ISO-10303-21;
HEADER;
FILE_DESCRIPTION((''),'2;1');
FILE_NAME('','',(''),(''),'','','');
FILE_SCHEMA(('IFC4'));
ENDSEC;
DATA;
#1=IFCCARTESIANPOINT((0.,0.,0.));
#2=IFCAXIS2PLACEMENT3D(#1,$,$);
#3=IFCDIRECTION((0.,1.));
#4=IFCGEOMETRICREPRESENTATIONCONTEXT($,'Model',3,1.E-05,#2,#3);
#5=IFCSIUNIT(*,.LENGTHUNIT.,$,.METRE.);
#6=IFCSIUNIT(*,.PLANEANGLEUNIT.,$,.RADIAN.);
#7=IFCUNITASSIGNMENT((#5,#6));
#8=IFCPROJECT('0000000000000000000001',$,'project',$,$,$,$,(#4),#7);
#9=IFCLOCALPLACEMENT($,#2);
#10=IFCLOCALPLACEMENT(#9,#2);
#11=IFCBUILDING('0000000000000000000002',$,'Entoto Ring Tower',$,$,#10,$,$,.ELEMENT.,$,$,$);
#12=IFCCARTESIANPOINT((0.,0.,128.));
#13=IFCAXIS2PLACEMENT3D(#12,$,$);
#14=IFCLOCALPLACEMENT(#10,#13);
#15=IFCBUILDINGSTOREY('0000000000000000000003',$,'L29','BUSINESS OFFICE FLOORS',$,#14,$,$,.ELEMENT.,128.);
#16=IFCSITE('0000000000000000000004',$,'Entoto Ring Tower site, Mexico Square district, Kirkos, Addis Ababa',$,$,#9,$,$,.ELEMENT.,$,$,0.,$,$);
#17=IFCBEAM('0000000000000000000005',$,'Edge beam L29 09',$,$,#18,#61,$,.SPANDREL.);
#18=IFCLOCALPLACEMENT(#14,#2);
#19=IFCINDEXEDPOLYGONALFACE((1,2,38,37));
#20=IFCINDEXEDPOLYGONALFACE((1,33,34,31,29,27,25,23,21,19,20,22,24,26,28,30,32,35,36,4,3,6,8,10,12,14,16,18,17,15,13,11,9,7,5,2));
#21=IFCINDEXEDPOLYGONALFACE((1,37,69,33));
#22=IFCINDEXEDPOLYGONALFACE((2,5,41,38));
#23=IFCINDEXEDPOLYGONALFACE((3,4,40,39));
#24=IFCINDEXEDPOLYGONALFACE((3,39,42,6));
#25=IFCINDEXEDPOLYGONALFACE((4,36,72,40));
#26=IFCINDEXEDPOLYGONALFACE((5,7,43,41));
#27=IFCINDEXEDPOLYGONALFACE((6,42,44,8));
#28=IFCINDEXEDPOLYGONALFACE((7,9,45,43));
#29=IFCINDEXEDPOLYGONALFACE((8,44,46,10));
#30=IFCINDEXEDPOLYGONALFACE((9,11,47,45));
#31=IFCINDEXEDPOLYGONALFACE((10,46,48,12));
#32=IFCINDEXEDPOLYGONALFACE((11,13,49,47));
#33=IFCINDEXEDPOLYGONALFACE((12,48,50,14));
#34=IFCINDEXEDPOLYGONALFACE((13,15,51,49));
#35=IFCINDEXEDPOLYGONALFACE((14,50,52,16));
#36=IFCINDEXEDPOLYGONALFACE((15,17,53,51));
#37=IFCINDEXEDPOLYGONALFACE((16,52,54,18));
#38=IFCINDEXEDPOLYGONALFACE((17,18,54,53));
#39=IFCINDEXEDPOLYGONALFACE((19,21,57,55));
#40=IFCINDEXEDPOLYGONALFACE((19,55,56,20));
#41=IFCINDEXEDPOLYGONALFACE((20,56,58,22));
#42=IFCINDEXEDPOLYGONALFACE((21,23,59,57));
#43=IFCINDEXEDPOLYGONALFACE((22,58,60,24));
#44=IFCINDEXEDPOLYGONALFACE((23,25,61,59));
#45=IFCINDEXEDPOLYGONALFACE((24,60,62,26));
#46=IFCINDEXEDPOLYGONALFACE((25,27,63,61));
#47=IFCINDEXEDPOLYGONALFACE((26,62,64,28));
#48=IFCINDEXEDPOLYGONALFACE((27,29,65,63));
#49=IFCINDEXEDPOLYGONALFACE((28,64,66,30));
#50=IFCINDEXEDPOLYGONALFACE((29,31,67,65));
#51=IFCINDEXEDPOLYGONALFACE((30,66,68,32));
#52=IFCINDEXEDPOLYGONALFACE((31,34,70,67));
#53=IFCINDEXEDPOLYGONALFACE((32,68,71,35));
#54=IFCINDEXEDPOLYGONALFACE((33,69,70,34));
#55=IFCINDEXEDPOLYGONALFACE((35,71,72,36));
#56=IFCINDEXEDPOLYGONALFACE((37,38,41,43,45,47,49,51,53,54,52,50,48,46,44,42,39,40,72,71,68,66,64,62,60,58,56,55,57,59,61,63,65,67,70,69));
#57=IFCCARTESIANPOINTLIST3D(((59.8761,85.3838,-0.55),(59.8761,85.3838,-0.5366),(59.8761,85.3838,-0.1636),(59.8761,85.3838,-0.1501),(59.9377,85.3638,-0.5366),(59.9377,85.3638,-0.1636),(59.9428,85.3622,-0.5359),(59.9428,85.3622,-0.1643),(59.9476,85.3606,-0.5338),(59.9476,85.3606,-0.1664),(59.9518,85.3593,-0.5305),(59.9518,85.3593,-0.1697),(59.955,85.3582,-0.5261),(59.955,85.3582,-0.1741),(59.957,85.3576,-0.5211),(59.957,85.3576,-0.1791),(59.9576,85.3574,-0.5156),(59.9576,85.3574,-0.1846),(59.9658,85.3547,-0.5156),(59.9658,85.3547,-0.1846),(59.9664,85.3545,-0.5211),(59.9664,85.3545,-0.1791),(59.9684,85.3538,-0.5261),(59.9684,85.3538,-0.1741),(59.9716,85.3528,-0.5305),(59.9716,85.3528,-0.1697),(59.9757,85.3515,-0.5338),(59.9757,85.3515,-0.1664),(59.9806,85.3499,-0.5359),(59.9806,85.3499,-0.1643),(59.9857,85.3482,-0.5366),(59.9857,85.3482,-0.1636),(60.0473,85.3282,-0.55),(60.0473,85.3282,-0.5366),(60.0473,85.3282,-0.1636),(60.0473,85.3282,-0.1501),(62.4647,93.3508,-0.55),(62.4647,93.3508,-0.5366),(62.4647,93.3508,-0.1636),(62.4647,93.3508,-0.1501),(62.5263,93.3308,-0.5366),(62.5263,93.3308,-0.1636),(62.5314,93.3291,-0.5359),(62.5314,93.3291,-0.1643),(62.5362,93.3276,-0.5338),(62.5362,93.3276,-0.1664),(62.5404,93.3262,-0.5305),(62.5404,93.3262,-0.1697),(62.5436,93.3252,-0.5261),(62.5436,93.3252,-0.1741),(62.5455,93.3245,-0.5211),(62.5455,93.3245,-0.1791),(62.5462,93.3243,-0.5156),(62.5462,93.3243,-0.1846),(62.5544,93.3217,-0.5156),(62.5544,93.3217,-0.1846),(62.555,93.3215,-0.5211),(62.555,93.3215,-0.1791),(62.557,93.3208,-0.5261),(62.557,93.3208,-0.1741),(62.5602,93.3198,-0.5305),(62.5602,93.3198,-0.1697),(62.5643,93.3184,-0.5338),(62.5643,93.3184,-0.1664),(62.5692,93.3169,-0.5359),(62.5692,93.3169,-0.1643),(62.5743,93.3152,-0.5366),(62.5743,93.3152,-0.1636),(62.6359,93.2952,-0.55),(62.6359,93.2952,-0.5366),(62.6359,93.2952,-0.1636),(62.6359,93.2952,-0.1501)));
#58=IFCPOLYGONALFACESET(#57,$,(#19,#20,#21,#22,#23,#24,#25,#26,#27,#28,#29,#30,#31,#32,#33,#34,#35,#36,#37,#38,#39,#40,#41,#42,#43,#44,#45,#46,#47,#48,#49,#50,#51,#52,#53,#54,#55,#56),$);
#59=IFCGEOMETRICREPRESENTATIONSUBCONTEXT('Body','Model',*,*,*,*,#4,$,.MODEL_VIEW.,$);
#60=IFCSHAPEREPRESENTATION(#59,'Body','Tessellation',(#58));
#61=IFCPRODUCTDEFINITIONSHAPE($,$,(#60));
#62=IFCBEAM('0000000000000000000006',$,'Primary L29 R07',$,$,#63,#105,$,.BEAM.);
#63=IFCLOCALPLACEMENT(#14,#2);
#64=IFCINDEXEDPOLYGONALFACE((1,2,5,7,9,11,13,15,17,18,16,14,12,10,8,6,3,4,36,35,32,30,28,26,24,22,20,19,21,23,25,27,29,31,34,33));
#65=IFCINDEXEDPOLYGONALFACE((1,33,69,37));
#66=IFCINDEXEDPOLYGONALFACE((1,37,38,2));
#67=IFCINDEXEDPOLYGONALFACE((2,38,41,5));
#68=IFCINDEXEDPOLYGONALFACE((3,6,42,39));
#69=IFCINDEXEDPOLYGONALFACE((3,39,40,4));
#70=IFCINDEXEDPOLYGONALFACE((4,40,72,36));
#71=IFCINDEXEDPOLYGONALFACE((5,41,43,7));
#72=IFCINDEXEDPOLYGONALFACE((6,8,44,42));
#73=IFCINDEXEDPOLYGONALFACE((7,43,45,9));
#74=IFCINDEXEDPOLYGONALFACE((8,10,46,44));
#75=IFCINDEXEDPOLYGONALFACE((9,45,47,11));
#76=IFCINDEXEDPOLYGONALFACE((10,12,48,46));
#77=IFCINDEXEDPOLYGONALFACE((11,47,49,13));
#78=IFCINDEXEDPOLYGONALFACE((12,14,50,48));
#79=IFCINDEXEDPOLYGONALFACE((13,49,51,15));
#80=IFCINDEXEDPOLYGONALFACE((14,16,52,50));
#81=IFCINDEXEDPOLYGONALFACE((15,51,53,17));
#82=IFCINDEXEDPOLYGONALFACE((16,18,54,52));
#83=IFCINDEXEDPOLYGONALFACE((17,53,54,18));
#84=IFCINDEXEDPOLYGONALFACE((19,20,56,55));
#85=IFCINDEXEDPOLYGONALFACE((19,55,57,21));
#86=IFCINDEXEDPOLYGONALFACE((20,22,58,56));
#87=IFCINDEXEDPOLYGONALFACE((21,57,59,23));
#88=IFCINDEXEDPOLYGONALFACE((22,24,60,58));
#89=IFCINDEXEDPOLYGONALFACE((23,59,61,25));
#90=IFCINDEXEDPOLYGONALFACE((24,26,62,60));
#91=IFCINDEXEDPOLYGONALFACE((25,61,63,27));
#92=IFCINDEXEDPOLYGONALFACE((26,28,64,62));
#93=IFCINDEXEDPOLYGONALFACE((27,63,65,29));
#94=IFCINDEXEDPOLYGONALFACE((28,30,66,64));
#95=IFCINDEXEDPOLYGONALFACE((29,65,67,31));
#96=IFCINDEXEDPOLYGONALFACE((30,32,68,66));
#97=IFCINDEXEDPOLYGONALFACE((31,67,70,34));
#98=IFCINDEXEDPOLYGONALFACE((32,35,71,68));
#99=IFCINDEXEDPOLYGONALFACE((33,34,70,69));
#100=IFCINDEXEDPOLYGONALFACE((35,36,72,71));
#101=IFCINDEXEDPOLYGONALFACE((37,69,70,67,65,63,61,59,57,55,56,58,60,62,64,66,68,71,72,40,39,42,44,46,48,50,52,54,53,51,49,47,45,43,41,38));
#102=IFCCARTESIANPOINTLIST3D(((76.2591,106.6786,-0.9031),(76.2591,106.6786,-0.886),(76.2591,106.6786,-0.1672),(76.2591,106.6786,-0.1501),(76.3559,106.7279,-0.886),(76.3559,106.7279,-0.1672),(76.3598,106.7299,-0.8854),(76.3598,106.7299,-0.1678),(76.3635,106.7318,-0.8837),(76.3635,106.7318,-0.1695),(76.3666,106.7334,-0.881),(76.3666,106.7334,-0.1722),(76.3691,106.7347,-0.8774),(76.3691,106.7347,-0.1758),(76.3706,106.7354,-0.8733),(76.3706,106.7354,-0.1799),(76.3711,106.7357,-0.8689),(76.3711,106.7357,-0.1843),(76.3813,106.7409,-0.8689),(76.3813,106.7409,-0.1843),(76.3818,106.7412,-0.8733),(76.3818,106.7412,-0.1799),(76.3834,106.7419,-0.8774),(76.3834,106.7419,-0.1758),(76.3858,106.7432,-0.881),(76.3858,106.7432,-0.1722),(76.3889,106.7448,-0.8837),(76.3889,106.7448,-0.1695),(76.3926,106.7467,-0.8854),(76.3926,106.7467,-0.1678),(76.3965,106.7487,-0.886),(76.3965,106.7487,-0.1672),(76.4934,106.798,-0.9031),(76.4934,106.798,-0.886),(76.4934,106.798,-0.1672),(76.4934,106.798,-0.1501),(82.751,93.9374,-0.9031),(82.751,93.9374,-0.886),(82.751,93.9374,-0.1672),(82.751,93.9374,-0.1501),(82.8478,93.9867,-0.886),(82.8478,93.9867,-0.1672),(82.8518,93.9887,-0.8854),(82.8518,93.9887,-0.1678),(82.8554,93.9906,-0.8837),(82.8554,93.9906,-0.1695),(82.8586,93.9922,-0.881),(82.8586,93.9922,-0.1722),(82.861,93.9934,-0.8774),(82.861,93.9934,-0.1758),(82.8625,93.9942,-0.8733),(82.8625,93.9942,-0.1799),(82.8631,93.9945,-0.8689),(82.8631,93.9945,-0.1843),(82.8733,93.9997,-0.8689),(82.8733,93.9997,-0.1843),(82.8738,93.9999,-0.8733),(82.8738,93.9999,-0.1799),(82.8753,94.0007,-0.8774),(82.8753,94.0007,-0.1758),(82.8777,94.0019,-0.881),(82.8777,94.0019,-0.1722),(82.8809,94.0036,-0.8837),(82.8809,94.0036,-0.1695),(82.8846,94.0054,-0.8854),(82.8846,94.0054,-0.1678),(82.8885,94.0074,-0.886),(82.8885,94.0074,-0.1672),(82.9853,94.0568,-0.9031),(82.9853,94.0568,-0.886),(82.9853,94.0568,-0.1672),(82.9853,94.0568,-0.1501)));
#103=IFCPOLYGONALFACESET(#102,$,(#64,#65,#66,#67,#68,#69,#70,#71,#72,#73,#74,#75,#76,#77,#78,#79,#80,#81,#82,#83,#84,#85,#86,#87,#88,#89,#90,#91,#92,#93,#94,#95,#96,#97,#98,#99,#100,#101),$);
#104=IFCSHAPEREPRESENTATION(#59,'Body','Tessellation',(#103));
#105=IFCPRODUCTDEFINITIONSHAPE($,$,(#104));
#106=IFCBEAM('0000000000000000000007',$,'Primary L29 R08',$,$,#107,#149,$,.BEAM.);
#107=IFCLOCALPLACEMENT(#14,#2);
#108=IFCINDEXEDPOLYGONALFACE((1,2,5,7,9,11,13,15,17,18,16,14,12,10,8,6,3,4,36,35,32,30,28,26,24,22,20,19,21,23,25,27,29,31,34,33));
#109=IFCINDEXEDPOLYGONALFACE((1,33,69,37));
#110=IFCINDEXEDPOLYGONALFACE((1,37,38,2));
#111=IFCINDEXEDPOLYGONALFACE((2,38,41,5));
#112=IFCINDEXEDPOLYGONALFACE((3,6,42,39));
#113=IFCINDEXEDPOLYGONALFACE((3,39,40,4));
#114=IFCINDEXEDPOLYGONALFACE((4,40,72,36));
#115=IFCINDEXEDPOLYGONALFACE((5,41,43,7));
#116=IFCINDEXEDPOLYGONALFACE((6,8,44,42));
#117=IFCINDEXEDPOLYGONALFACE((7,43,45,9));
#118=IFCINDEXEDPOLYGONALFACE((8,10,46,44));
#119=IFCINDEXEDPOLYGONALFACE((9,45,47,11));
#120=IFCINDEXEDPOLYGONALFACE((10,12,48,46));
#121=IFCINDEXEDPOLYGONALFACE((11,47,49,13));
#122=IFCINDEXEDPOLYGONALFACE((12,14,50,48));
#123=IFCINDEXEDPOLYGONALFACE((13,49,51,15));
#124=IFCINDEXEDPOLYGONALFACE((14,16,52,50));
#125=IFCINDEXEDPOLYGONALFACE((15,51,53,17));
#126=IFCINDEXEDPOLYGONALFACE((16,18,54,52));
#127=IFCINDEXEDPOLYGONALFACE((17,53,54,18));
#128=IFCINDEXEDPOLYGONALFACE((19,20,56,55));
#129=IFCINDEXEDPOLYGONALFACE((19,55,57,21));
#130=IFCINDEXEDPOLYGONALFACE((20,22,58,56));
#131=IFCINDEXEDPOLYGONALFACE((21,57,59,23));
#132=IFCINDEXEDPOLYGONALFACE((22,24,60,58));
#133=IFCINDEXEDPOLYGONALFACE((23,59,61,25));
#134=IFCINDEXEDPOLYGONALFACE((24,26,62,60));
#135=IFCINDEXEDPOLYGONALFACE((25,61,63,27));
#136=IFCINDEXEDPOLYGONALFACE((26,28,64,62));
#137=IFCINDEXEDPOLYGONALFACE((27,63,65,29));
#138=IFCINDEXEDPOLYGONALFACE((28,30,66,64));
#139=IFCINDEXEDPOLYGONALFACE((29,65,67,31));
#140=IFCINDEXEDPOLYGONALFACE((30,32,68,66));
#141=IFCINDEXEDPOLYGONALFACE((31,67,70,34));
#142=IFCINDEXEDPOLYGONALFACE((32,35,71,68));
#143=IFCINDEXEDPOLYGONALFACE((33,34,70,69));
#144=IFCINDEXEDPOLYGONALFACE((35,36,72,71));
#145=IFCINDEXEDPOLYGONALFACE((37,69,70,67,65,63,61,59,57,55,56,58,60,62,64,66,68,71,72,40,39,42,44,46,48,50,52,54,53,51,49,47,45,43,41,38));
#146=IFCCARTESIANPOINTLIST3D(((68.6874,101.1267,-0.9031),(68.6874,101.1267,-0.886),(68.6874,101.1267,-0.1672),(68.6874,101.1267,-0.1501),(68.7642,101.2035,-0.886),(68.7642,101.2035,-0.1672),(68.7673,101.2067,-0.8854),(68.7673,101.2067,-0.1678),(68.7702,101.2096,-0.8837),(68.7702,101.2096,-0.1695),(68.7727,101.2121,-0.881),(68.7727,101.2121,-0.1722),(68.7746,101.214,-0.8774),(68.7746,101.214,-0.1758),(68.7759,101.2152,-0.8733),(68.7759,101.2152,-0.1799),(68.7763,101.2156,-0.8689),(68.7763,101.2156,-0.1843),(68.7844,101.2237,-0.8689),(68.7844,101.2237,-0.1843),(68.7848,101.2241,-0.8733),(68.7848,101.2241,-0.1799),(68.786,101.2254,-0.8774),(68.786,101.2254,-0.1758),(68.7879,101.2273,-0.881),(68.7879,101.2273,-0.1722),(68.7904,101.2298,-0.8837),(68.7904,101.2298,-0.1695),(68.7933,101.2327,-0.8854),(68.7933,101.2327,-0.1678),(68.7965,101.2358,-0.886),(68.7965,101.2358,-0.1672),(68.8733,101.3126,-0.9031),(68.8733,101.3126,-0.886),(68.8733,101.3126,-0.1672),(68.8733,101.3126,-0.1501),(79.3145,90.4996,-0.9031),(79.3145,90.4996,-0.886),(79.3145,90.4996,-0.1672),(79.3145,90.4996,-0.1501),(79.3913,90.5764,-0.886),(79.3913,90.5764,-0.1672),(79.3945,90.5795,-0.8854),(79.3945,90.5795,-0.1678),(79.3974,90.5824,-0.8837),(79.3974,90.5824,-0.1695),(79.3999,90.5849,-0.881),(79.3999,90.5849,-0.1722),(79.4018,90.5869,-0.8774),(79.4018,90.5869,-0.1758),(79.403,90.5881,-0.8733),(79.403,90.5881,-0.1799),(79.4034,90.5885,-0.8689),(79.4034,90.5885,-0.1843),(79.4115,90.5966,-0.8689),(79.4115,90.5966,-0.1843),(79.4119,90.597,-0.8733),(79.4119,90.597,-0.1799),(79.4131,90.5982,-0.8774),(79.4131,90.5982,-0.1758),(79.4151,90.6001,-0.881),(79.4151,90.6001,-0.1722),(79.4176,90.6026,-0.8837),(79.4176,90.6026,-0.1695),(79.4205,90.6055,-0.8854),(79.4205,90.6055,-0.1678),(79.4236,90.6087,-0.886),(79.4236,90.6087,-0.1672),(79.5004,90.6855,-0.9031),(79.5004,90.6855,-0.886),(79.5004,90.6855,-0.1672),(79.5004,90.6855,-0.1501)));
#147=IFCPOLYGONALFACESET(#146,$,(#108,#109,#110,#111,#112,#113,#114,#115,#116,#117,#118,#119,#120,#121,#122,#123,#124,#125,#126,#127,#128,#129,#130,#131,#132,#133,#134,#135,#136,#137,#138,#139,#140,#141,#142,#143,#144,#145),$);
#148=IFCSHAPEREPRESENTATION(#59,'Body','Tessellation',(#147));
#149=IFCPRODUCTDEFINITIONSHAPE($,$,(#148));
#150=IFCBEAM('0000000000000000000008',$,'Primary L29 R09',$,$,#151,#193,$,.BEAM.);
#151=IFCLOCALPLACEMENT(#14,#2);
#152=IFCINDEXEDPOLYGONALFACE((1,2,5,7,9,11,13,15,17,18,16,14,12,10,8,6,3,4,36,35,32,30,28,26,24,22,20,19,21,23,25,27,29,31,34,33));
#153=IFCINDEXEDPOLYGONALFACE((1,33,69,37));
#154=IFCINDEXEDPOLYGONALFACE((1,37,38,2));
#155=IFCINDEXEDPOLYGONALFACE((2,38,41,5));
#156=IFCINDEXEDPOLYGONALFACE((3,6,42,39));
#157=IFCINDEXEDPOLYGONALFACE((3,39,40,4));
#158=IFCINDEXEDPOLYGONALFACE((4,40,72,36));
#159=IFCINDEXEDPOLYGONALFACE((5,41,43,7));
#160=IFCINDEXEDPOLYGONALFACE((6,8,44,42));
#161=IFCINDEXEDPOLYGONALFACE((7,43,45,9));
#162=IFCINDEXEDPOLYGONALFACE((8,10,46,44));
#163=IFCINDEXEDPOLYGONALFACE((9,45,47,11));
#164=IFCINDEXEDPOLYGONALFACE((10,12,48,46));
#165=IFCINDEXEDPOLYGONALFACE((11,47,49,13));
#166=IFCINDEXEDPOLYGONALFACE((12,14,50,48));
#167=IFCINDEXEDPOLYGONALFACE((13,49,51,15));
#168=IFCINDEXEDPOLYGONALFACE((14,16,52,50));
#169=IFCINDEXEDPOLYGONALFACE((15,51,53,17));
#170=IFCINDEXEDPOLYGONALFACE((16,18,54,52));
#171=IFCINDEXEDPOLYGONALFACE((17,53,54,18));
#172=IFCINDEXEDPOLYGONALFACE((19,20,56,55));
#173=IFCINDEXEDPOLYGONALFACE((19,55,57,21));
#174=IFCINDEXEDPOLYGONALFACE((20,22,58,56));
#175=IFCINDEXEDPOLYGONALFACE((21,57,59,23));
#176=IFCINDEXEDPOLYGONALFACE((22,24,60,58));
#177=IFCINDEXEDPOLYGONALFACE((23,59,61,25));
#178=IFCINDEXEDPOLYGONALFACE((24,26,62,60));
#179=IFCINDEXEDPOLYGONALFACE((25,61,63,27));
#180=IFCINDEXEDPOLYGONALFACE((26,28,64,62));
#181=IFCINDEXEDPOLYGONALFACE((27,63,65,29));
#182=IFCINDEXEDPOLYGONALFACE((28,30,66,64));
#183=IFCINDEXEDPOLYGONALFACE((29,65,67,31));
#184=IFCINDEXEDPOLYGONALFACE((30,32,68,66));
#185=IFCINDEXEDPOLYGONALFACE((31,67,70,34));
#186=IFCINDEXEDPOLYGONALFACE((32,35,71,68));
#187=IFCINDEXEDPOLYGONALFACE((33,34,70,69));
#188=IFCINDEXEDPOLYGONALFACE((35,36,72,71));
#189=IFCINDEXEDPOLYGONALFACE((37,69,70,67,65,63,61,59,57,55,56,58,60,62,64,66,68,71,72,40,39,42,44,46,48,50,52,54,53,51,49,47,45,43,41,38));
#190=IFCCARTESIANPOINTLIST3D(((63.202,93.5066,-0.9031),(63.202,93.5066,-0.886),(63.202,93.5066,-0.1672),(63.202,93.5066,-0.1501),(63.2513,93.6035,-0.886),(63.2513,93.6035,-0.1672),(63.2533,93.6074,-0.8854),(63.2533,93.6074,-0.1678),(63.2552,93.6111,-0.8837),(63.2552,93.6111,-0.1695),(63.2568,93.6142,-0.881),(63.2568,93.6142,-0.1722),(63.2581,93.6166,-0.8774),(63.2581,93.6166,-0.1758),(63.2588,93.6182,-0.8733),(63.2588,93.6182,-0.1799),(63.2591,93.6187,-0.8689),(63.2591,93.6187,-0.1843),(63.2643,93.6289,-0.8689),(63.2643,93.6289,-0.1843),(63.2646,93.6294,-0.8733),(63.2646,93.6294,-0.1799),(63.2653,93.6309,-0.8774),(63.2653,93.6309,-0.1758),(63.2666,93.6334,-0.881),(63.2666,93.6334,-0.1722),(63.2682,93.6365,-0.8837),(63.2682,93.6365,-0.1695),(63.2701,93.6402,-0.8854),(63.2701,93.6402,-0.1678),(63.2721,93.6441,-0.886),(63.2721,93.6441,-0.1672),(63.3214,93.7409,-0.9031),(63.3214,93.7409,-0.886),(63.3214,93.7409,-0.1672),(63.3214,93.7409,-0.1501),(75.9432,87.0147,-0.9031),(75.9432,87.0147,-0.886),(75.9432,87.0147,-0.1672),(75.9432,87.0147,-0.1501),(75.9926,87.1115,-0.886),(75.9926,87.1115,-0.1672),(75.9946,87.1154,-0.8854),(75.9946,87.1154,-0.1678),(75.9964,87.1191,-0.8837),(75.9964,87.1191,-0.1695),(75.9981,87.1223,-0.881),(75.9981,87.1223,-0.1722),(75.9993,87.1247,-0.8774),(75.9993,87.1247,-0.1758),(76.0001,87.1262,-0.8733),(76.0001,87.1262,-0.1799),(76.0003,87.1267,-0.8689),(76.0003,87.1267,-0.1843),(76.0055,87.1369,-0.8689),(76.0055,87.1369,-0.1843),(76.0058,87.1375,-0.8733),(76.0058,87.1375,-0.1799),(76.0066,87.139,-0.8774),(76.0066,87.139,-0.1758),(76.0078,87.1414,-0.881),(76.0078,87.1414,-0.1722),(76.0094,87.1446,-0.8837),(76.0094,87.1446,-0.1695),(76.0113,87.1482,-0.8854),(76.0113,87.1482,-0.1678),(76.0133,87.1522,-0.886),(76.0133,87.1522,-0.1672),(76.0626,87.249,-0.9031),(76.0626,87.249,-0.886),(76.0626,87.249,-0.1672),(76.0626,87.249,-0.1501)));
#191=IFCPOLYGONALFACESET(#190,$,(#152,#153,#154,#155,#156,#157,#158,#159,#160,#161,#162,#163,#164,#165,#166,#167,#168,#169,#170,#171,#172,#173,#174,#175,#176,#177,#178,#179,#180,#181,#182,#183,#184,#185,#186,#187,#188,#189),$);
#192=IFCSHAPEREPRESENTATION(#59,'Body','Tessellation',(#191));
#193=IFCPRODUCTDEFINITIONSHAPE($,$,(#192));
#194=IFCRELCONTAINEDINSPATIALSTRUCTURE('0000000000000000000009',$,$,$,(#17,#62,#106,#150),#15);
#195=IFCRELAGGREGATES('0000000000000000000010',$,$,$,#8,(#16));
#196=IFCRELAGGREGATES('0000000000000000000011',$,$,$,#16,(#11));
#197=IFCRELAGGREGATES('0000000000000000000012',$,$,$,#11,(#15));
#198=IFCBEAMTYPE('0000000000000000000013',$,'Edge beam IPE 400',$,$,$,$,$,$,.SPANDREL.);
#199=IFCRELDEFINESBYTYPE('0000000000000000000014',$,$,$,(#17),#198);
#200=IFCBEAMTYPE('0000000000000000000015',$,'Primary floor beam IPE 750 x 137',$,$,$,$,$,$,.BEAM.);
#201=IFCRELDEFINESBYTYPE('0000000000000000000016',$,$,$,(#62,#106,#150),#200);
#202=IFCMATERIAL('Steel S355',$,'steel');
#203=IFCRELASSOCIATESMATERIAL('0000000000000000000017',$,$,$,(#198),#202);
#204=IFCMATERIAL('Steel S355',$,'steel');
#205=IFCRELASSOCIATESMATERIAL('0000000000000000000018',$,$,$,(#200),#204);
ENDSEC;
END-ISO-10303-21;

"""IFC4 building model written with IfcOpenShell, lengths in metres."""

from ifc_helpers import new_model, si_unit, direction, frame, origin, origin_2d, place, context, subcontext, project, spatial, i_section, extrude, material, material_profile, profile_set, type_object, element, save


model = new_model("IFC4")

# Units and contexts
model_context = context("Model", 3, precision=1e-05, world=origin(), true_north=direction((0.0, 1.0)))
body_context = subcontext(model_context, "Body", "Model", "MODEL_VIEW")
ifc_project = project(units=[si_unit("LENGTHUNIT", "METRE"), si_unit("PLANEANGLEUNIT", "RADIAN")], contexts=[model_context])

# Site, building, storey
site_placement = place(None, origin())
site = spatial("IfcSite", under=ifc_project, at=site_placement, Name="Entoto Ring Tower site, Mexico Square district, Kirkos, Addis Ababa", CompositionType="ELEMENT", RefElevation=0.0)
building_placement = place(site_placement, origin())
building = spatial("IfcBuilding", under=site, at=building_placement, Name="Entoto Ring Tower", CompositionType="ELEMENT")
storey_placement = place(building_placement, frame((0.0, 0.0, 128.0)))
storey = spatial("IfcBuildingStorey", under=building, at=storey_placement, Name="L29", Description="BUSINESS OFFICE FLOORS", CompositionType="ELEMENT", Elevation=128.0)

# Beams
ifc_material_1 = material(Name="Steel S355", Category="steel")
ifc_material_profile_1 = material_profile(ifc_material_1, i_section(OverallWidth=0.1799, OverallDepth=0.3999, WebThickness=0.0085, FlangeThickness=0.0134, FilletRadius=0.021, at=origin_2d()), Name="IPE 400")
ifc_profile_set_1 = profile_set([ifc_material_profile_1], Name="Steel S355")
beam_type_1 = type_object("IfcBeamType", Name="Edge beam IPE 400", PredefinedType="SPANDREL", material=ifc_profile_set_1)
for number, where, z_axis, x_axis, name in (
    (1, (62.5503, 93.323, -0.3501), (-0.309014, -0.951057, 0.0), (0.951057, -0.309014, 0.0), "Edge beam L29 09"),
):
    element("IfcBeam", number, at=place(storey_placement, frame(where, z_axis=z_axis, x_axis=x_axis)), inside=storey, type_object=beam_type_1, Name=name, PredefinedType="SPANDREL", context=body_context, shape_type="SweptSolid", body=[
        extrude(i_section(OverallWidth=0.1799, OverallDepth=0.3999, WebThickness=0.0085, FlangeThickness=0.0134, FilletRadius=0.021, at=origin_2d()), origin(), (0.0, 0.0, 1.0), 8.377),
    ])
ifc_material_2 = material(Name="Steel S355", Category="steel")
ifc_material_profile_2 = material_profile(ifc_material_2, i_section(OverallWidth=0.2629, OverallDepth=0.7529, WebThickness=0.0115, FlangeThickness=0.0171, FilletRadius=0.0171, at=origin_2d()), Name="IPE 750 x 137")
ifc_profile_set_2 = profile_set([ifc_material_profile_2], Name="Steel S355")
beam_type_2 = type_object("IfcBeamType", Name="Primary floor beam IPE 750 x 137", PredefinedType="BEAM", material=ifc_profile_set_2)
beam_1_placement = place(storey_placement, frame((82.8682, 93.9971, -0.5266), z_axis=(-0.453989, 0.891007, 0.0), x_axis=(-0.891007, -0.453989, 0.0)))
element("IfcBeam", 2, at=beam_1_placement, inside=storey, type_object=beam_type_2, Name="Primary L29 R07", PredefinedType="BEAM", context=body_context, shape_type="SweptSolid", body=[
    extrude(i_section(OverallWidth=0.2629, OverallDepth=0.7529, WebThickness=0.0115, FlangeThickness=0.0171, FilletRadius=0.0171, at=origin_2d()), origin(), (0.0, 0.0, 1.0), 14.2998),
])
beam_2_placement = place(storey_placement, frame((79.4075, 90.5925, -0.5266), z_axis=(-0.707107, 0.707107, 0.0), x_axis=(-0.707107, -0.707107, 0.0)))
element("IfcBeam", 3, at=beam_2_placement, inside=storey, type_object=beam_type_2, Name="Primary L29 R08", PredefinedType="BEAM", context=body_context, shape_type="SweptSolid", body=[
    extrude(i_section(OverallWidth=0.2629, OverallDepth=0.7529, WebThickness=0.0115, FlangeThickness=0.0171, FilletRadius=0.0171, at=origin_2d()), origin(), (0.0, 0.0, 1.0), 15.0291),
])
beam_3_placement = place(storey_placement, frame((76.0029, 87.1318, -0.5266), z_axis=(-0.891007, 0.453989, 0.0), x_axis=(-0.453989, -0.891007, 0.0)))
element("IfcBeam", 4, at=beam_3_placement, inside=storey, type_object=beam_type_2, Name="Primary L29 R09", PredefinedType="BEAM", context=body_context, shape_type="SweptSolid", body=[
    extrude(i_section(OverallWidth=0.2629, OverallDepth=0.7529, WebThickness=0.0115, FlangeThickness=0.0171, FilletRadius=0.0171, at=origin_2d()), origin(), (0.0, 0.0, 1.0), 14.2998),
])

save(model, "model.ifc")
